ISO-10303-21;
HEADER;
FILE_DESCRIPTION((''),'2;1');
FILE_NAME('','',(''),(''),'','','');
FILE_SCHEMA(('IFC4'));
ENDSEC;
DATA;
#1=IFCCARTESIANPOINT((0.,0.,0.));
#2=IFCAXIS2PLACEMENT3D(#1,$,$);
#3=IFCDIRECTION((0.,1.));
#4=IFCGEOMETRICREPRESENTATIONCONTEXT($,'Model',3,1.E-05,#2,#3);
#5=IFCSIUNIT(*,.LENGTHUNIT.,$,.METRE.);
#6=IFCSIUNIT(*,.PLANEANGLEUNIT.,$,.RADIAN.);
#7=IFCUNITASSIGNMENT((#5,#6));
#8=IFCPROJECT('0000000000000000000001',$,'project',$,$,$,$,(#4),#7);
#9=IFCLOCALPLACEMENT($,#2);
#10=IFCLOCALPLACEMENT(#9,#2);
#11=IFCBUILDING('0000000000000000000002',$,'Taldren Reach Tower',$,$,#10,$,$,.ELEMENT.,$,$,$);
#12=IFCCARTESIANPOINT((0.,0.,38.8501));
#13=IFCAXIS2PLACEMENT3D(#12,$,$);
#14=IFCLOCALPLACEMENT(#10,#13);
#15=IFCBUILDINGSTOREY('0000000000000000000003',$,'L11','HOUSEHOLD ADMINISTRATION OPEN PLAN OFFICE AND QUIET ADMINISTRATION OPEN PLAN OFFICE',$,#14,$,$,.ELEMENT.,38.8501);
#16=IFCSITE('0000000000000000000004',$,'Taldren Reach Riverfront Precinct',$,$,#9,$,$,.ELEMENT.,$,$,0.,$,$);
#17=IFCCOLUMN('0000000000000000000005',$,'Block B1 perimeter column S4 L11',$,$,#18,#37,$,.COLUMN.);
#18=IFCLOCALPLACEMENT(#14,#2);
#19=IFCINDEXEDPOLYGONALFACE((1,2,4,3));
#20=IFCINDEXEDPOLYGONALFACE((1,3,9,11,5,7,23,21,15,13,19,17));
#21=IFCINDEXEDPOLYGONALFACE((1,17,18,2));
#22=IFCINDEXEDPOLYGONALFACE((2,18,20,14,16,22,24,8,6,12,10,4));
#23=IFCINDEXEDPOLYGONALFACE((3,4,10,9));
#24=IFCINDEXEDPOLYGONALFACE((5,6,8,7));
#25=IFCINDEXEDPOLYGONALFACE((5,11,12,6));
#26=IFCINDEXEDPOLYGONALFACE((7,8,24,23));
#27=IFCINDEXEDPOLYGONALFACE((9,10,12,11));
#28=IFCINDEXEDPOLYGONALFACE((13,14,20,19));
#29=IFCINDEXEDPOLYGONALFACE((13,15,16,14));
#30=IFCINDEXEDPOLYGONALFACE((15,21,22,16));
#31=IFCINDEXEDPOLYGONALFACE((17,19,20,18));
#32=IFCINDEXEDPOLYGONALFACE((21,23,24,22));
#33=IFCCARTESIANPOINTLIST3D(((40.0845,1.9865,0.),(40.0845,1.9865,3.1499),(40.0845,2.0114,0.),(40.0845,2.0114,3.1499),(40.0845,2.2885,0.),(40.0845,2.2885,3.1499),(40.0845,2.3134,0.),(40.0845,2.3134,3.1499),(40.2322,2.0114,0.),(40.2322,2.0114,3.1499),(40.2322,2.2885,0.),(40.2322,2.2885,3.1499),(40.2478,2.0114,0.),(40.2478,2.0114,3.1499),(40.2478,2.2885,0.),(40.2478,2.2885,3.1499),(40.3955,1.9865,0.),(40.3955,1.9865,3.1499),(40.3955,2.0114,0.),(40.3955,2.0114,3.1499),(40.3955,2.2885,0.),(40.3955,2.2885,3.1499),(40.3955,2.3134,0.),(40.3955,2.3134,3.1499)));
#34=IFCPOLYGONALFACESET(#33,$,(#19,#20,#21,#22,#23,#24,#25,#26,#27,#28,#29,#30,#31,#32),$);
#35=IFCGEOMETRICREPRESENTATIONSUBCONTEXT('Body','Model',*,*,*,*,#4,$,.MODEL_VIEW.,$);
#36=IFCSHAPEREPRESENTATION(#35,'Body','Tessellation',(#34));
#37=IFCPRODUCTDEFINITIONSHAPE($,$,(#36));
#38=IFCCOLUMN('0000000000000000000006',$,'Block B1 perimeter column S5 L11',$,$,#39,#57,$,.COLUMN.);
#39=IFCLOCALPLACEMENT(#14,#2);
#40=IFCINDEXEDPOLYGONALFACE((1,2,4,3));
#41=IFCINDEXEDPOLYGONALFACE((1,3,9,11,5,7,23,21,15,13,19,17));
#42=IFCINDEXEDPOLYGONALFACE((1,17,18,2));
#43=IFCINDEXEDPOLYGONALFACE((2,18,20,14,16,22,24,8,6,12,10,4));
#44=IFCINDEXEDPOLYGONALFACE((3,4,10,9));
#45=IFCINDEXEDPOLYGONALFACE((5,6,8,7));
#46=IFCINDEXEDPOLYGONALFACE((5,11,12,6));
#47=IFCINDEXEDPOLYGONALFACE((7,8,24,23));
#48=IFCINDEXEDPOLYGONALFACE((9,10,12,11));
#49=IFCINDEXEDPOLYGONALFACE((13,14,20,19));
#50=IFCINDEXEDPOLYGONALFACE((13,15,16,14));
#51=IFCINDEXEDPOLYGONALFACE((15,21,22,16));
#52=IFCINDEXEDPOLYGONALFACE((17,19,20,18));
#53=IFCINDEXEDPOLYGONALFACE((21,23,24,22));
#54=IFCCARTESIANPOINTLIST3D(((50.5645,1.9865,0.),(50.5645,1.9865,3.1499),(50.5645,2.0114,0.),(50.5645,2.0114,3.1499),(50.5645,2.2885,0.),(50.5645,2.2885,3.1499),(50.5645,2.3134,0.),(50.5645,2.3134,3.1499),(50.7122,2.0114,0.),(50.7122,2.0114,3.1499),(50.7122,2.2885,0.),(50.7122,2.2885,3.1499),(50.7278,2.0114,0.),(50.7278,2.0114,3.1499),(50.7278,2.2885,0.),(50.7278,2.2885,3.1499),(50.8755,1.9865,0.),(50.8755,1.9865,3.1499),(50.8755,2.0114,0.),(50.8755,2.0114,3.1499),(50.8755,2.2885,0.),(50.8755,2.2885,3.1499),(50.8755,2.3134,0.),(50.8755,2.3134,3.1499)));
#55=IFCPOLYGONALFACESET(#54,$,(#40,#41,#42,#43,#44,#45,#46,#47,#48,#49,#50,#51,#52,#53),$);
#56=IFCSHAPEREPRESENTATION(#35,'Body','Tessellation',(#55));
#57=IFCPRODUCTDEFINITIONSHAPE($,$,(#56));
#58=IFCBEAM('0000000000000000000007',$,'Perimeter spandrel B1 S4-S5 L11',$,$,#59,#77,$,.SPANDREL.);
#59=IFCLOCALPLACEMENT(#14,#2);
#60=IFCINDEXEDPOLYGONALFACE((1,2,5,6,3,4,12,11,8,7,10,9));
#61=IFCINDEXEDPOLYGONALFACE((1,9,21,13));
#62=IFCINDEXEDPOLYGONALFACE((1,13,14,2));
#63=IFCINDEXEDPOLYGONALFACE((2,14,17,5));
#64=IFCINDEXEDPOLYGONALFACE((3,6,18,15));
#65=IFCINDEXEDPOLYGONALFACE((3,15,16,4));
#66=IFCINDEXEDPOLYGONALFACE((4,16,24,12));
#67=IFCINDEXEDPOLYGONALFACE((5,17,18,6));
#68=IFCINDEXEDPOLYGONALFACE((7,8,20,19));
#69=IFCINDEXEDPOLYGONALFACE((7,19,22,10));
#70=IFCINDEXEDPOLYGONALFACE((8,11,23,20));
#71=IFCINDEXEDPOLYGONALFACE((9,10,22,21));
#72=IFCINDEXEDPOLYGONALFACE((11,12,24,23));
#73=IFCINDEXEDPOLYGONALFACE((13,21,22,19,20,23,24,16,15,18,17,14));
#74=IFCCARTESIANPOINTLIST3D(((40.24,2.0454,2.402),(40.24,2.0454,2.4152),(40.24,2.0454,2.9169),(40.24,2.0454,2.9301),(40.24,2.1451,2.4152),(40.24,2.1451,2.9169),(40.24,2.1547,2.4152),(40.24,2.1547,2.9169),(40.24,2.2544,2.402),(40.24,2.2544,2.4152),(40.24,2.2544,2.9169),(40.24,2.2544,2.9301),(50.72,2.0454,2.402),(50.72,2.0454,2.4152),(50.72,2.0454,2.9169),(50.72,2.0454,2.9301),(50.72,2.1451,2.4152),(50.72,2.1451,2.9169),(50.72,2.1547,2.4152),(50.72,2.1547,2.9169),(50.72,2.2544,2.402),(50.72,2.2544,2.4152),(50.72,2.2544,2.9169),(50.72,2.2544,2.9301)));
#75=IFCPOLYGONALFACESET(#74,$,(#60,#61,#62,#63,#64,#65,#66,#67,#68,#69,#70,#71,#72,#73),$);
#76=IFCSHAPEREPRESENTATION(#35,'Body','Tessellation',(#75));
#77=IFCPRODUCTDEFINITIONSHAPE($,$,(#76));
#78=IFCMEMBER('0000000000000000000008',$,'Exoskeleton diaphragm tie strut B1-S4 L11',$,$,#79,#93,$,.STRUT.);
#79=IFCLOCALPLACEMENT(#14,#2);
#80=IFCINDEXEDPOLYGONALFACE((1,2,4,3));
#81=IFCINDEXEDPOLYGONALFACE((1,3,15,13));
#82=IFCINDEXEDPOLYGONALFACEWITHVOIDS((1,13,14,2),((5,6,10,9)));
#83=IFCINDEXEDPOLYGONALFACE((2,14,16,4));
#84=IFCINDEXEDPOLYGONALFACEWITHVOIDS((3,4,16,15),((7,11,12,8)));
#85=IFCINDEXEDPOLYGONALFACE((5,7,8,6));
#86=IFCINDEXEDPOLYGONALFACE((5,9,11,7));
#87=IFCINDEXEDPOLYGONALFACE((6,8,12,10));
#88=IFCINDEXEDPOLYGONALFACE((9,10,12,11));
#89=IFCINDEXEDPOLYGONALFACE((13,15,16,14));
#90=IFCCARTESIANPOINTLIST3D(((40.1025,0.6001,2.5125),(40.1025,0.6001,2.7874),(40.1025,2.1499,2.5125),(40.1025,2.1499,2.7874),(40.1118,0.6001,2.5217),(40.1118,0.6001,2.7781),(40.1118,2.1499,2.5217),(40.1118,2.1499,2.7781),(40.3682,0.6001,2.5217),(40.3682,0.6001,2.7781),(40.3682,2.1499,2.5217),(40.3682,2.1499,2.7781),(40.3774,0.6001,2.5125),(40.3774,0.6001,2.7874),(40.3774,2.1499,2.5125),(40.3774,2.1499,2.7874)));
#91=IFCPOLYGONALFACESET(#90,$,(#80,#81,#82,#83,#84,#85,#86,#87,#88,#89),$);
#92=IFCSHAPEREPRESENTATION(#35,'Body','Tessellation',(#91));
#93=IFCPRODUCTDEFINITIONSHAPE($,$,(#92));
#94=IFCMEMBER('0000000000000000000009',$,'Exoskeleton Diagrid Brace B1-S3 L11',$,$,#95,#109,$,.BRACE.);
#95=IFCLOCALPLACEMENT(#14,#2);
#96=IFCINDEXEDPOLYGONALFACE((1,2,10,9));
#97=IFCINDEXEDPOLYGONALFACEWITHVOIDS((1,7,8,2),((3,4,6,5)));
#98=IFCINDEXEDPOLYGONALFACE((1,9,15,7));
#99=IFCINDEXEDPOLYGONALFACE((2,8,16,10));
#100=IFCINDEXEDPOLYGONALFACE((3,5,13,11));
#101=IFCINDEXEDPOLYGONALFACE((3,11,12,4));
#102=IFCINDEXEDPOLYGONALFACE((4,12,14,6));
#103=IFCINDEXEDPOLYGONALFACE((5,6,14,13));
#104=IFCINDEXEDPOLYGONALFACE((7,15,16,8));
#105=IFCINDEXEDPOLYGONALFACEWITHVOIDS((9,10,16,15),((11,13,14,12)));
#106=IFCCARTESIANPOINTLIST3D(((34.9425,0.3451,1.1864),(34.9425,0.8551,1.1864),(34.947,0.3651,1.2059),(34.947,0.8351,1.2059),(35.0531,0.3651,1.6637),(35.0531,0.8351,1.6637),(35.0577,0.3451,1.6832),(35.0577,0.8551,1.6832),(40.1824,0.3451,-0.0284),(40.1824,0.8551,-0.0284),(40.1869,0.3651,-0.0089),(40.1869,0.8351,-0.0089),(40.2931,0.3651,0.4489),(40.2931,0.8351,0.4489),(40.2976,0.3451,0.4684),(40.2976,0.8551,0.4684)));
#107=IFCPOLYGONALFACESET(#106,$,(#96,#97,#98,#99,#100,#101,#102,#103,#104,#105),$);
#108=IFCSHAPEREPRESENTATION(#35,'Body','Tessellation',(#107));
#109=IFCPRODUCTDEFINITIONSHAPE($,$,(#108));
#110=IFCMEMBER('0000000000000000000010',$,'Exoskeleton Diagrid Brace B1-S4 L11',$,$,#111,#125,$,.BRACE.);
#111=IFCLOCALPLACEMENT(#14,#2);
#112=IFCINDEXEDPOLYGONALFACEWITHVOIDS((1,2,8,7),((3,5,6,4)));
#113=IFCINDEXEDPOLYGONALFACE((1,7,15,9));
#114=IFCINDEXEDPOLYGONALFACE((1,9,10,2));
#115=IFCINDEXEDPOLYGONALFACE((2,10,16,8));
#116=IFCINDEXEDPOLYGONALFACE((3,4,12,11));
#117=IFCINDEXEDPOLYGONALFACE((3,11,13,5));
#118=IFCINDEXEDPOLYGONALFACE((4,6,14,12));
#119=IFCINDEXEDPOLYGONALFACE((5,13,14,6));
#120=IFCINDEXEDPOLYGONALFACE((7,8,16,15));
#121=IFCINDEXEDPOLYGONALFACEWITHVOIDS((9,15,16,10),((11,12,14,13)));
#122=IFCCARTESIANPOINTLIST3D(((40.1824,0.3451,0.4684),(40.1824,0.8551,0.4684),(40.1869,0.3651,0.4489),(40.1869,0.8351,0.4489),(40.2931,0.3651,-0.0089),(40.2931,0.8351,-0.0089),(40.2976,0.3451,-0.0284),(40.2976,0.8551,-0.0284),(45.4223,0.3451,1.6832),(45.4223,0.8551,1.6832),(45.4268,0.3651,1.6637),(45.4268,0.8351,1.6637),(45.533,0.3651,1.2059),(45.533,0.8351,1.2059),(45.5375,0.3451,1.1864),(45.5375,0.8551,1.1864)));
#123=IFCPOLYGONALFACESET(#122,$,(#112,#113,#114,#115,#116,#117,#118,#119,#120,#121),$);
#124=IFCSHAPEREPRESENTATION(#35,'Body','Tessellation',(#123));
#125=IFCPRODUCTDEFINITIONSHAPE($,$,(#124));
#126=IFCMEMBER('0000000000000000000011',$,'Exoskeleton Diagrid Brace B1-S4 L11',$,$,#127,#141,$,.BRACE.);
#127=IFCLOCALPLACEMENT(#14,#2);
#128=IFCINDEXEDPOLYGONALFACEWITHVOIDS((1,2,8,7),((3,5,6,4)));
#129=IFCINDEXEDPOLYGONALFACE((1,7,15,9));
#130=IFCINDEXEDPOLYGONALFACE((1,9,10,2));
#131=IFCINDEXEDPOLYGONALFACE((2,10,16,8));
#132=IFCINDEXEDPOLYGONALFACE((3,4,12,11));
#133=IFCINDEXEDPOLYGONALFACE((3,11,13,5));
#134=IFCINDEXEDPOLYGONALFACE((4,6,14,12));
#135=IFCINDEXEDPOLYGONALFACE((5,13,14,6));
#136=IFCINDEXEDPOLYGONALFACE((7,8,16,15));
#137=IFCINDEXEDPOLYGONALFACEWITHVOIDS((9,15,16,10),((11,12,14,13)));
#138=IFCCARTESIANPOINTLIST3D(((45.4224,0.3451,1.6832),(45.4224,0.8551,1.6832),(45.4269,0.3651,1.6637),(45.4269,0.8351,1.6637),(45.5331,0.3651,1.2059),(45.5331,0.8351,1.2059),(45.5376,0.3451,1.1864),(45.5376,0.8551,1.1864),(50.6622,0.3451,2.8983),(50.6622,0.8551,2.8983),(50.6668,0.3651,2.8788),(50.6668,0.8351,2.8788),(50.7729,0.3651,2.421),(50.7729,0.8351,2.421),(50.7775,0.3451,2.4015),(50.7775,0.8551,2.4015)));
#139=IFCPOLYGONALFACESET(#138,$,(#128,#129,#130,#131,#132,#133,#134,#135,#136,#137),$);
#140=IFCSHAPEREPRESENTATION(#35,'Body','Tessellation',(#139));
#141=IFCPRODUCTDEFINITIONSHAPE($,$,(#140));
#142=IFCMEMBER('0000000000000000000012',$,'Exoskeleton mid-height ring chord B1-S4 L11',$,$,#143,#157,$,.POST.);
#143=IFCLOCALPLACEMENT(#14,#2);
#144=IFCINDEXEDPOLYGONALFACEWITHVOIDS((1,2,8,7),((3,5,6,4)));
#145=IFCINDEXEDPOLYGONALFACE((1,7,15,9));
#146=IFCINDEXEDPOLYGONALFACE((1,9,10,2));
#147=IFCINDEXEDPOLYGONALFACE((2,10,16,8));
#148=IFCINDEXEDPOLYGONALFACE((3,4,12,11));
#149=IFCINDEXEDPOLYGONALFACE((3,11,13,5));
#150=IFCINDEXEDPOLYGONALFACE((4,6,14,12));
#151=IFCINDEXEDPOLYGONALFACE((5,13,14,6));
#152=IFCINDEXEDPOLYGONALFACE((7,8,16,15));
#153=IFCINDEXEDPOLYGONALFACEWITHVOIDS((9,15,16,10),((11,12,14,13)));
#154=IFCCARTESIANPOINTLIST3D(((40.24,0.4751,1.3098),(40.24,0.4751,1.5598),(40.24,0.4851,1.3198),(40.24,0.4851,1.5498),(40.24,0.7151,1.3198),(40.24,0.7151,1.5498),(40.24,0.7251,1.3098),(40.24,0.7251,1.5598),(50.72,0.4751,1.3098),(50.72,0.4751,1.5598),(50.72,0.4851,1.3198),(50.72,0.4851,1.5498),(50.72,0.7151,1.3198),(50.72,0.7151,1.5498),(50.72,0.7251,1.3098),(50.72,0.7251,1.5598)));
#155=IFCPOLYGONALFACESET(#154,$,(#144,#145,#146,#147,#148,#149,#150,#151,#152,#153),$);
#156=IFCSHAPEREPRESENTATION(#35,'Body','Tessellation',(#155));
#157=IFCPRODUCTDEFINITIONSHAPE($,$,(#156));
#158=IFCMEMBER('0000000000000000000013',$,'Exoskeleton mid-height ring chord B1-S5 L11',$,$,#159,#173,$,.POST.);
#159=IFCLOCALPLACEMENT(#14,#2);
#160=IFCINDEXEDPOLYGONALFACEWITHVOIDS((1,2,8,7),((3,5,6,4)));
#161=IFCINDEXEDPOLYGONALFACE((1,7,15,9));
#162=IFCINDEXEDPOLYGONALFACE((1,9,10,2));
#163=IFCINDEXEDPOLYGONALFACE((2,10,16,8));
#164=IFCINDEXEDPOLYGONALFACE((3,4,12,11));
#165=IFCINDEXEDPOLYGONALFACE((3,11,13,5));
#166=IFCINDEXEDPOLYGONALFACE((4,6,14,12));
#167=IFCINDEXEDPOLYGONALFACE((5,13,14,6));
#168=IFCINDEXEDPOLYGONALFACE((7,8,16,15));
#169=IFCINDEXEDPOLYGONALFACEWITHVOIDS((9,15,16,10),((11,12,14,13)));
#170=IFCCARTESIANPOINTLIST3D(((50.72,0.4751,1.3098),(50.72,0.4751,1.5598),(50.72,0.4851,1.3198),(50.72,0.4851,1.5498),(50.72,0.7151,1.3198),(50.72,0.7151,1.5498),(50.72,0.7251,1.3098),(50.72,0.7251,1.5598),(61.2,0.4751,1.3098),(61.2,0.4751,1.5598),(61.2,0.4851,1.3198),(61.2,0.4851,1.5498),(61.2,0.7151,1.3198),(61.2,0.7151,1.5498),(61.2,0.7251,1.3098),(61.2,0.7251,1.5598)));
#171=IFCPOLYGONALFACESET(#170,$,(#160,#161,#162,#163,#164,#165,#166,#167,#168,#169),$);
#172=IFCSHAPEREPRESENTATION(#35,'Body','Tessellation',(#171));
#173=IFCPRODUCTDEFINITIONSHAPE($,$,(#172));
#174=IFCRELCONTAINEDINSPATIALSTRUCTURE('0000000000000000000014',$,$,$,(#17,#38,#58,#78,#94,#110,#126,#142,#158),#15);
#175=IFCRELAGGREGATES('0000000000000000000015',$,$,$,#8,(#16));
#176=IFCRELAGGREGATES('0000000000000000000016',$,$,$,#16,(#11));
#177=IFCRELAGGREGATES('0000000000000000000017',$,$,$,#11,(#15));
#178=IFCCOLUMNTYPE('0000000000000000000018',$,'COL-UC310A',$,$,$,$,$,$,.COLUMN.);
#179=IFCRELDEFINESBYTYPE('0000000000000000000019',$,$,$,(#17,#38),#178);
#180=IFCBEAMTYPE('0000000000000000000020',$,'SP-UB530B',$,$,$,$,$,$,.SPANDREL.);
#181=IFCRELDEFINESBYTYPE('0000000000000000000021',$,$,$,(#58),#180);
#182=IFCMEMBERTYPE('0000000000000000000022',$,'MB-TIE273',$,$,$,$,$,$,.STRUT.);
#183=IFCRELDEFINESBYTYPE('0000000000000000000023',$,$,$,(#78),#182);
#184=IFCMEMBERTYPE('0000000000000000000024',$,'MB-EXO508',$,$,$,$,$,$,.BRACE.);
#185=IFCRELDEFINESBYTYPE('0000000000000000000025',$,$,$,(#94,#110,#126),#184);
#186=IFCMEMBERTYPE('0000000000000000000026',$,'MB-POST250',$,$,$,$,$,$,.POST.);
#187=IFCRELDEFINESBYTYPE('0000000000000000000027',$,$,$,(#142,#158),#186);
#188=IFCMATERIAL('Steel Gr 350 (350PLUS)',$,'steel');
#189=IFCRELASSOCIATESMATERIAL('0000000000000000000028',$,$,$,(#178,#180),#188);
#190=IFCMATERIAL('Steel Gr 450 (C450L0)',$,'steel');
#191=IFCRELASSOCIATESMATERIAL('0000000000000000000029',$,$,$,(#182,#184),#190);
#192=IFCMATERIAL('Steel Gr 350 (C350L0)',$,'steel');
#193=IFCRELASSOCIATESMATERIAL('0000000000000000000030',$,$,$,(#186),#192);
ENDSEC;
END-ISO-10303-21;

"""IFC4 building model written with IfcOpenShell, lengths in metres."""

from ifc_helpers import new_model, si_unit, direction, frame, origin, origin_2d, place, context, subcontext, project, spatial, hollow_rectangle, i_section, extrude, source, transform, mapped, material, material_profile, profile_set, type_object, element, save


model = new_model("IFC4")

# Units and contexts
model_context = context("Model", 3, precision=1e-05, world=origin(), true_north=direction((0.0, 1.0)))
body_context = subcontext(model_context, "Body", "Model", "MODEL_VIEW")
ifc_project = project(units=[si_unit("LENGTHUNIT", "METRE"), si_unit("PLANEANGLEUNIT", "RADIAN")], contexts=[model_context])

# Site, building, storey
site_placement = place(None, origin())
site = spatial("IfcSite", under=ifc_project, at=site_placement, Name="Taldren Reach Riverfront Precinct", CompositionType="ELEMENT", RefElevation=0.0)
building_placement = place(site_placement, origin())
building = spatial("IfcBuilding", under=site, at=building_placement, Name="Taldren Reach Tower", CompositionType="ELEMENT")
storey_placement = place(building_placement, frame((0.0, 0.0, 38.8501)))
storey = spatial("IfcBuildingStorey", under=building, at=storey_placement, Name="L11", Description="HOUSEHOLD ADMINISTRATION OPEN PLAN OFFICE AND QUIET ADMINISTRATION OPEN PLAN OFFICE", CompositionType="ELEMENT", Elevation=38.8501)

# Columns
ifc_material_1 = material(Name="Steel Gr 350 (350PLUS)", Category="steel")
ifc_material_profile_1 = material_profile(ifc_material_1, i_section(OverallWidth=0.311, OverallDepth=0.3269, WebThickness=0.0156, FlangeThickness=0.0249, at=origin_2d()), Name="310UC158")
ifc_profile_set_1 = profile_set([ifc_material_profile_1], Name="Steel Gr 350 (350PLUS)")
column_type = type_object("IfcColumnType", Name="COL-UC310A", PredefinedType="COLUMN", material=ifc_profile_set_1)
shared_shape_1 = source(origin(), body_context, "Body", "SweptSolid", [
    extrude(i_section(OverallWidth=0.311, OverallDepth=0.3269, WebThickness=0.0156, FlangeThickness=0.0249, at=origin_2d()), origin(), (0.0, 0.0, 1.0), 3.1499),
])
for number, where, z_axis, x_axis, name in (
    (1, (40.24, 2.1499, 0.0), (0.0, 0.0, 1.0), (1.0, 0.0, 0.0), "Block B1 perimeter column S4 L11"),
    (2, (50.72, 2.1499, 0.0), (0.0, 0.0, 1.0), (1.0, 0.0, 0.0), "Block B1 perimeter column S5 L11"),
):
    element("IfcColumn", number, at=place(storey_placement, frame(where, z_axis=z_axis, x_axis=x_axis)), inside=storey, type_object=column_type, Name=name, PredefinedType="COLUMN", context=body_context, shape_type="MappedRepresentation", body=[
        mapped(shared_shape_1, transform((0.0, 0.0, 0.0), scale=1.0)),
    ])

# Beam
ifc_material_profile_2 = material_profile(ifc_material_1, i_section(OverallWidth=0.209, OverallDepth=0.5281, WebThickness=0.0095, FlangeThickness=0.0132, at=origin_2d()), Name="530UB82.0")
ifc_profile_set_2 = profile_set([ifc_material_profile_2], Name="Steel Gr 350 (350PLUS)")
beam_type = type_object("IfcBeamType", Name="SP-UB530B", PredefinedType="SPANDREL", material=ifc_profile_set_2)
shared_shape_2 = source(origin(), body_context, "Body", "SweptSolid", [
    extrude(i_section(OverallWidth=0.209, OverallDepth=0.5281, WebThickness=0.0095, FlangeThickness=0.0132, at=origin_2d()), origin(), (0.0, 0.0, 1.0), 10.48),
])
beam_placement = place(storey_placement, frame((40.24, 2.1499, 2.666), z_axis=(1.0, 0.0, 0.0), x_axis=(0.0, 1.0, 0.0)))
element("IfcBeam", 3, at=beam_placement, inside=storey, type_object=beam_type, Name="Perimeter spandrel B1 S4-S5 L11", PredefinedType="SPANDREL", context=body_context, shape_type="MappedRepresentation", body=[
    mapped(shared_shape_2, transform((0.0, 0.0, 0.0), scale=1.0)),
])

# Members
ifc_material_2 = material(Name="Steel Gr 450 (C450L0)", Category="steel")
ifc_material_profile_3 = material_profile(ifc_material_2, hollow_rectangle(XDim=0.2749, YDim=0.2749, WallThickness=0.0093, at=origin_2d()), Name="275x275x9.3SHS")
ifc_profile_set_3 = profile_set([ifc_material_profile_3], Name="Steel Gr 450 (C450L0)")
member_type_1 = type_object("IfcMemberType", Name="MB-TIE273", PredefinedType="STRUT", material=ifc_profile_set_3)
shared_shape_3 = source(origin(), body_context, "Body", "SweptSolid", [
    extrude(hollow_rectangle(XDim=0.2749, YDim=0.2749, WallThickness=0.0093, at=origin_2d()), origin(), (0.0, 0.0, 1.0), 1.5498),
])
member_1_placement = place(storey_placement, frame((40.24, 2.1499, 2.6499), z_axis=(0.0, -1.0, 0.0), x_axis=(1.0, 0.0, 0.0)))
element("IfcMember", 4, at=member_1_placement, inside=storey, type_object=member_type_1, Name="Exoskeleton diaphragm tie strut B1-S4 L11", PredefinedType="STRUT", context=body_context, shape_type="MappedRepresentation", body=[
    mapped(shared_shape_3, transform((0.0, 0.0, 0.0), scale=1.0)),
])
ifc_material_profile_4 = material_profile(ifc_material_2, hollow_rectangle(XDim=0.51, YDim=0.51, WallThickness=0.02, at=origin_2d()), Name="510x510x20.0SHS")
ifc_profile_set_4 = profile_set([ifc_material_profile_4], Name="Steel Gr 450 (C450L0)")
member_type_2 = type_object("IfcMemberType", Name="MB-EXO508", PredefinedType="BRACE", material=ifc_profile_set_4)
shared_shape_4 = source(origin(), body_context, "Body", "SweptSolid", [
    extrude(hollow_rectangle(XDim=0.51, YDim=0.51, WallThickness=0.02, at=origin_2d()), origin(), (0.0, 0.0, 1.0), 5.3789),
])
for number, where, z_axis, x_axis, name in (
    (5, (40.24, 0.6001, 0.22), (-0.974162, 0.0, 0.225851), (0.0, -1.0, 0.0), "Exoskeleton Diagrid Brace B1-S3 L11"),
    (6, (40.24, 0.6001, 0.22), (0.974162, 0.0, 0.225851), (0.0, 1.0, 0.0), "Exoskeleton Diagrid Brace B1-S4 L11"),
    (7, (45.48, 0.6001, 1.4348), (0.974152, 0.0, 0.225894), (0.0, 1.0, 0.0), "Exoskeleton Diagrid Brace B1-S4 L11"),
):
    element("IfcMember", number, at=place(storey_placement, frame(where, z_axis=z_axis, x_axis=x_axis)), inside=storey, type_object=member_type_2, Name=name, PredefinedType="BRACE", context=body_context, shape_type="MappedRepresentation", body=[
        mapped(shared_shape_4, transform((0.0, 0.0, 0.0), scale=1.0)),
    ])
ifc_material_3 = material(Name="Steel Gr 350 (C350L0)", Category="steel")
ifc_material_profile_5 = material_profile(ifc_material_3, hollow_rectangle(XDim=0.25, YDim=0.25, WallThickness=0.01, at=origin_2d()), Name="250x250x10.0SHS")
ifc_profile_set_5 = profile_set([ifc_material_profile_5], Name="Steel Gr 350 (C350L0)")
member_type_3 = type_object("IfcMemberType", Name="MB-POST250", PredefinedType="POST", material=ifc_profile_set_5)
shared_shape_5 = source(origin(), body_context, "Body", "SweptSolid", [
    extrude(hollow_rectangle(XDim=0.25, YDim=0.25, WallThickness=0.01, at=origin_2d()), origin(), (0.0, 0.0, 1.0), 10.48),
])
for number, where, z_axis, x_axis, name in (
    (8, (40.24, 0.6001, 1.4348), (1.0, 0.0, 0.0), (0.0, 1.0, 0.0), "Exoskeleton mid-height ring chord B1-S4 L11"),
    (9, (50.72, 0.6001, 1.4348), (1.0, 0.0, 0.0), (0.0, 1.0, 0.0), "Exoskeleton mid-height ring chord B1-S5 L11"),
):
    element("IfcMember", number, at=place(storey_placement, frame(where, z_axis=z_axis, x_axis=x_axis)), inside=storey, type_object=member_type_3, Name=name, PredefinedType="POST", context=body_context, shape_type="MappedRepresentation", body=[
        mapped(shared_shape_5, transform((0.0, 0.0, 0.0), scale=1.0)),
    ])

save(model, "model.ifc")
